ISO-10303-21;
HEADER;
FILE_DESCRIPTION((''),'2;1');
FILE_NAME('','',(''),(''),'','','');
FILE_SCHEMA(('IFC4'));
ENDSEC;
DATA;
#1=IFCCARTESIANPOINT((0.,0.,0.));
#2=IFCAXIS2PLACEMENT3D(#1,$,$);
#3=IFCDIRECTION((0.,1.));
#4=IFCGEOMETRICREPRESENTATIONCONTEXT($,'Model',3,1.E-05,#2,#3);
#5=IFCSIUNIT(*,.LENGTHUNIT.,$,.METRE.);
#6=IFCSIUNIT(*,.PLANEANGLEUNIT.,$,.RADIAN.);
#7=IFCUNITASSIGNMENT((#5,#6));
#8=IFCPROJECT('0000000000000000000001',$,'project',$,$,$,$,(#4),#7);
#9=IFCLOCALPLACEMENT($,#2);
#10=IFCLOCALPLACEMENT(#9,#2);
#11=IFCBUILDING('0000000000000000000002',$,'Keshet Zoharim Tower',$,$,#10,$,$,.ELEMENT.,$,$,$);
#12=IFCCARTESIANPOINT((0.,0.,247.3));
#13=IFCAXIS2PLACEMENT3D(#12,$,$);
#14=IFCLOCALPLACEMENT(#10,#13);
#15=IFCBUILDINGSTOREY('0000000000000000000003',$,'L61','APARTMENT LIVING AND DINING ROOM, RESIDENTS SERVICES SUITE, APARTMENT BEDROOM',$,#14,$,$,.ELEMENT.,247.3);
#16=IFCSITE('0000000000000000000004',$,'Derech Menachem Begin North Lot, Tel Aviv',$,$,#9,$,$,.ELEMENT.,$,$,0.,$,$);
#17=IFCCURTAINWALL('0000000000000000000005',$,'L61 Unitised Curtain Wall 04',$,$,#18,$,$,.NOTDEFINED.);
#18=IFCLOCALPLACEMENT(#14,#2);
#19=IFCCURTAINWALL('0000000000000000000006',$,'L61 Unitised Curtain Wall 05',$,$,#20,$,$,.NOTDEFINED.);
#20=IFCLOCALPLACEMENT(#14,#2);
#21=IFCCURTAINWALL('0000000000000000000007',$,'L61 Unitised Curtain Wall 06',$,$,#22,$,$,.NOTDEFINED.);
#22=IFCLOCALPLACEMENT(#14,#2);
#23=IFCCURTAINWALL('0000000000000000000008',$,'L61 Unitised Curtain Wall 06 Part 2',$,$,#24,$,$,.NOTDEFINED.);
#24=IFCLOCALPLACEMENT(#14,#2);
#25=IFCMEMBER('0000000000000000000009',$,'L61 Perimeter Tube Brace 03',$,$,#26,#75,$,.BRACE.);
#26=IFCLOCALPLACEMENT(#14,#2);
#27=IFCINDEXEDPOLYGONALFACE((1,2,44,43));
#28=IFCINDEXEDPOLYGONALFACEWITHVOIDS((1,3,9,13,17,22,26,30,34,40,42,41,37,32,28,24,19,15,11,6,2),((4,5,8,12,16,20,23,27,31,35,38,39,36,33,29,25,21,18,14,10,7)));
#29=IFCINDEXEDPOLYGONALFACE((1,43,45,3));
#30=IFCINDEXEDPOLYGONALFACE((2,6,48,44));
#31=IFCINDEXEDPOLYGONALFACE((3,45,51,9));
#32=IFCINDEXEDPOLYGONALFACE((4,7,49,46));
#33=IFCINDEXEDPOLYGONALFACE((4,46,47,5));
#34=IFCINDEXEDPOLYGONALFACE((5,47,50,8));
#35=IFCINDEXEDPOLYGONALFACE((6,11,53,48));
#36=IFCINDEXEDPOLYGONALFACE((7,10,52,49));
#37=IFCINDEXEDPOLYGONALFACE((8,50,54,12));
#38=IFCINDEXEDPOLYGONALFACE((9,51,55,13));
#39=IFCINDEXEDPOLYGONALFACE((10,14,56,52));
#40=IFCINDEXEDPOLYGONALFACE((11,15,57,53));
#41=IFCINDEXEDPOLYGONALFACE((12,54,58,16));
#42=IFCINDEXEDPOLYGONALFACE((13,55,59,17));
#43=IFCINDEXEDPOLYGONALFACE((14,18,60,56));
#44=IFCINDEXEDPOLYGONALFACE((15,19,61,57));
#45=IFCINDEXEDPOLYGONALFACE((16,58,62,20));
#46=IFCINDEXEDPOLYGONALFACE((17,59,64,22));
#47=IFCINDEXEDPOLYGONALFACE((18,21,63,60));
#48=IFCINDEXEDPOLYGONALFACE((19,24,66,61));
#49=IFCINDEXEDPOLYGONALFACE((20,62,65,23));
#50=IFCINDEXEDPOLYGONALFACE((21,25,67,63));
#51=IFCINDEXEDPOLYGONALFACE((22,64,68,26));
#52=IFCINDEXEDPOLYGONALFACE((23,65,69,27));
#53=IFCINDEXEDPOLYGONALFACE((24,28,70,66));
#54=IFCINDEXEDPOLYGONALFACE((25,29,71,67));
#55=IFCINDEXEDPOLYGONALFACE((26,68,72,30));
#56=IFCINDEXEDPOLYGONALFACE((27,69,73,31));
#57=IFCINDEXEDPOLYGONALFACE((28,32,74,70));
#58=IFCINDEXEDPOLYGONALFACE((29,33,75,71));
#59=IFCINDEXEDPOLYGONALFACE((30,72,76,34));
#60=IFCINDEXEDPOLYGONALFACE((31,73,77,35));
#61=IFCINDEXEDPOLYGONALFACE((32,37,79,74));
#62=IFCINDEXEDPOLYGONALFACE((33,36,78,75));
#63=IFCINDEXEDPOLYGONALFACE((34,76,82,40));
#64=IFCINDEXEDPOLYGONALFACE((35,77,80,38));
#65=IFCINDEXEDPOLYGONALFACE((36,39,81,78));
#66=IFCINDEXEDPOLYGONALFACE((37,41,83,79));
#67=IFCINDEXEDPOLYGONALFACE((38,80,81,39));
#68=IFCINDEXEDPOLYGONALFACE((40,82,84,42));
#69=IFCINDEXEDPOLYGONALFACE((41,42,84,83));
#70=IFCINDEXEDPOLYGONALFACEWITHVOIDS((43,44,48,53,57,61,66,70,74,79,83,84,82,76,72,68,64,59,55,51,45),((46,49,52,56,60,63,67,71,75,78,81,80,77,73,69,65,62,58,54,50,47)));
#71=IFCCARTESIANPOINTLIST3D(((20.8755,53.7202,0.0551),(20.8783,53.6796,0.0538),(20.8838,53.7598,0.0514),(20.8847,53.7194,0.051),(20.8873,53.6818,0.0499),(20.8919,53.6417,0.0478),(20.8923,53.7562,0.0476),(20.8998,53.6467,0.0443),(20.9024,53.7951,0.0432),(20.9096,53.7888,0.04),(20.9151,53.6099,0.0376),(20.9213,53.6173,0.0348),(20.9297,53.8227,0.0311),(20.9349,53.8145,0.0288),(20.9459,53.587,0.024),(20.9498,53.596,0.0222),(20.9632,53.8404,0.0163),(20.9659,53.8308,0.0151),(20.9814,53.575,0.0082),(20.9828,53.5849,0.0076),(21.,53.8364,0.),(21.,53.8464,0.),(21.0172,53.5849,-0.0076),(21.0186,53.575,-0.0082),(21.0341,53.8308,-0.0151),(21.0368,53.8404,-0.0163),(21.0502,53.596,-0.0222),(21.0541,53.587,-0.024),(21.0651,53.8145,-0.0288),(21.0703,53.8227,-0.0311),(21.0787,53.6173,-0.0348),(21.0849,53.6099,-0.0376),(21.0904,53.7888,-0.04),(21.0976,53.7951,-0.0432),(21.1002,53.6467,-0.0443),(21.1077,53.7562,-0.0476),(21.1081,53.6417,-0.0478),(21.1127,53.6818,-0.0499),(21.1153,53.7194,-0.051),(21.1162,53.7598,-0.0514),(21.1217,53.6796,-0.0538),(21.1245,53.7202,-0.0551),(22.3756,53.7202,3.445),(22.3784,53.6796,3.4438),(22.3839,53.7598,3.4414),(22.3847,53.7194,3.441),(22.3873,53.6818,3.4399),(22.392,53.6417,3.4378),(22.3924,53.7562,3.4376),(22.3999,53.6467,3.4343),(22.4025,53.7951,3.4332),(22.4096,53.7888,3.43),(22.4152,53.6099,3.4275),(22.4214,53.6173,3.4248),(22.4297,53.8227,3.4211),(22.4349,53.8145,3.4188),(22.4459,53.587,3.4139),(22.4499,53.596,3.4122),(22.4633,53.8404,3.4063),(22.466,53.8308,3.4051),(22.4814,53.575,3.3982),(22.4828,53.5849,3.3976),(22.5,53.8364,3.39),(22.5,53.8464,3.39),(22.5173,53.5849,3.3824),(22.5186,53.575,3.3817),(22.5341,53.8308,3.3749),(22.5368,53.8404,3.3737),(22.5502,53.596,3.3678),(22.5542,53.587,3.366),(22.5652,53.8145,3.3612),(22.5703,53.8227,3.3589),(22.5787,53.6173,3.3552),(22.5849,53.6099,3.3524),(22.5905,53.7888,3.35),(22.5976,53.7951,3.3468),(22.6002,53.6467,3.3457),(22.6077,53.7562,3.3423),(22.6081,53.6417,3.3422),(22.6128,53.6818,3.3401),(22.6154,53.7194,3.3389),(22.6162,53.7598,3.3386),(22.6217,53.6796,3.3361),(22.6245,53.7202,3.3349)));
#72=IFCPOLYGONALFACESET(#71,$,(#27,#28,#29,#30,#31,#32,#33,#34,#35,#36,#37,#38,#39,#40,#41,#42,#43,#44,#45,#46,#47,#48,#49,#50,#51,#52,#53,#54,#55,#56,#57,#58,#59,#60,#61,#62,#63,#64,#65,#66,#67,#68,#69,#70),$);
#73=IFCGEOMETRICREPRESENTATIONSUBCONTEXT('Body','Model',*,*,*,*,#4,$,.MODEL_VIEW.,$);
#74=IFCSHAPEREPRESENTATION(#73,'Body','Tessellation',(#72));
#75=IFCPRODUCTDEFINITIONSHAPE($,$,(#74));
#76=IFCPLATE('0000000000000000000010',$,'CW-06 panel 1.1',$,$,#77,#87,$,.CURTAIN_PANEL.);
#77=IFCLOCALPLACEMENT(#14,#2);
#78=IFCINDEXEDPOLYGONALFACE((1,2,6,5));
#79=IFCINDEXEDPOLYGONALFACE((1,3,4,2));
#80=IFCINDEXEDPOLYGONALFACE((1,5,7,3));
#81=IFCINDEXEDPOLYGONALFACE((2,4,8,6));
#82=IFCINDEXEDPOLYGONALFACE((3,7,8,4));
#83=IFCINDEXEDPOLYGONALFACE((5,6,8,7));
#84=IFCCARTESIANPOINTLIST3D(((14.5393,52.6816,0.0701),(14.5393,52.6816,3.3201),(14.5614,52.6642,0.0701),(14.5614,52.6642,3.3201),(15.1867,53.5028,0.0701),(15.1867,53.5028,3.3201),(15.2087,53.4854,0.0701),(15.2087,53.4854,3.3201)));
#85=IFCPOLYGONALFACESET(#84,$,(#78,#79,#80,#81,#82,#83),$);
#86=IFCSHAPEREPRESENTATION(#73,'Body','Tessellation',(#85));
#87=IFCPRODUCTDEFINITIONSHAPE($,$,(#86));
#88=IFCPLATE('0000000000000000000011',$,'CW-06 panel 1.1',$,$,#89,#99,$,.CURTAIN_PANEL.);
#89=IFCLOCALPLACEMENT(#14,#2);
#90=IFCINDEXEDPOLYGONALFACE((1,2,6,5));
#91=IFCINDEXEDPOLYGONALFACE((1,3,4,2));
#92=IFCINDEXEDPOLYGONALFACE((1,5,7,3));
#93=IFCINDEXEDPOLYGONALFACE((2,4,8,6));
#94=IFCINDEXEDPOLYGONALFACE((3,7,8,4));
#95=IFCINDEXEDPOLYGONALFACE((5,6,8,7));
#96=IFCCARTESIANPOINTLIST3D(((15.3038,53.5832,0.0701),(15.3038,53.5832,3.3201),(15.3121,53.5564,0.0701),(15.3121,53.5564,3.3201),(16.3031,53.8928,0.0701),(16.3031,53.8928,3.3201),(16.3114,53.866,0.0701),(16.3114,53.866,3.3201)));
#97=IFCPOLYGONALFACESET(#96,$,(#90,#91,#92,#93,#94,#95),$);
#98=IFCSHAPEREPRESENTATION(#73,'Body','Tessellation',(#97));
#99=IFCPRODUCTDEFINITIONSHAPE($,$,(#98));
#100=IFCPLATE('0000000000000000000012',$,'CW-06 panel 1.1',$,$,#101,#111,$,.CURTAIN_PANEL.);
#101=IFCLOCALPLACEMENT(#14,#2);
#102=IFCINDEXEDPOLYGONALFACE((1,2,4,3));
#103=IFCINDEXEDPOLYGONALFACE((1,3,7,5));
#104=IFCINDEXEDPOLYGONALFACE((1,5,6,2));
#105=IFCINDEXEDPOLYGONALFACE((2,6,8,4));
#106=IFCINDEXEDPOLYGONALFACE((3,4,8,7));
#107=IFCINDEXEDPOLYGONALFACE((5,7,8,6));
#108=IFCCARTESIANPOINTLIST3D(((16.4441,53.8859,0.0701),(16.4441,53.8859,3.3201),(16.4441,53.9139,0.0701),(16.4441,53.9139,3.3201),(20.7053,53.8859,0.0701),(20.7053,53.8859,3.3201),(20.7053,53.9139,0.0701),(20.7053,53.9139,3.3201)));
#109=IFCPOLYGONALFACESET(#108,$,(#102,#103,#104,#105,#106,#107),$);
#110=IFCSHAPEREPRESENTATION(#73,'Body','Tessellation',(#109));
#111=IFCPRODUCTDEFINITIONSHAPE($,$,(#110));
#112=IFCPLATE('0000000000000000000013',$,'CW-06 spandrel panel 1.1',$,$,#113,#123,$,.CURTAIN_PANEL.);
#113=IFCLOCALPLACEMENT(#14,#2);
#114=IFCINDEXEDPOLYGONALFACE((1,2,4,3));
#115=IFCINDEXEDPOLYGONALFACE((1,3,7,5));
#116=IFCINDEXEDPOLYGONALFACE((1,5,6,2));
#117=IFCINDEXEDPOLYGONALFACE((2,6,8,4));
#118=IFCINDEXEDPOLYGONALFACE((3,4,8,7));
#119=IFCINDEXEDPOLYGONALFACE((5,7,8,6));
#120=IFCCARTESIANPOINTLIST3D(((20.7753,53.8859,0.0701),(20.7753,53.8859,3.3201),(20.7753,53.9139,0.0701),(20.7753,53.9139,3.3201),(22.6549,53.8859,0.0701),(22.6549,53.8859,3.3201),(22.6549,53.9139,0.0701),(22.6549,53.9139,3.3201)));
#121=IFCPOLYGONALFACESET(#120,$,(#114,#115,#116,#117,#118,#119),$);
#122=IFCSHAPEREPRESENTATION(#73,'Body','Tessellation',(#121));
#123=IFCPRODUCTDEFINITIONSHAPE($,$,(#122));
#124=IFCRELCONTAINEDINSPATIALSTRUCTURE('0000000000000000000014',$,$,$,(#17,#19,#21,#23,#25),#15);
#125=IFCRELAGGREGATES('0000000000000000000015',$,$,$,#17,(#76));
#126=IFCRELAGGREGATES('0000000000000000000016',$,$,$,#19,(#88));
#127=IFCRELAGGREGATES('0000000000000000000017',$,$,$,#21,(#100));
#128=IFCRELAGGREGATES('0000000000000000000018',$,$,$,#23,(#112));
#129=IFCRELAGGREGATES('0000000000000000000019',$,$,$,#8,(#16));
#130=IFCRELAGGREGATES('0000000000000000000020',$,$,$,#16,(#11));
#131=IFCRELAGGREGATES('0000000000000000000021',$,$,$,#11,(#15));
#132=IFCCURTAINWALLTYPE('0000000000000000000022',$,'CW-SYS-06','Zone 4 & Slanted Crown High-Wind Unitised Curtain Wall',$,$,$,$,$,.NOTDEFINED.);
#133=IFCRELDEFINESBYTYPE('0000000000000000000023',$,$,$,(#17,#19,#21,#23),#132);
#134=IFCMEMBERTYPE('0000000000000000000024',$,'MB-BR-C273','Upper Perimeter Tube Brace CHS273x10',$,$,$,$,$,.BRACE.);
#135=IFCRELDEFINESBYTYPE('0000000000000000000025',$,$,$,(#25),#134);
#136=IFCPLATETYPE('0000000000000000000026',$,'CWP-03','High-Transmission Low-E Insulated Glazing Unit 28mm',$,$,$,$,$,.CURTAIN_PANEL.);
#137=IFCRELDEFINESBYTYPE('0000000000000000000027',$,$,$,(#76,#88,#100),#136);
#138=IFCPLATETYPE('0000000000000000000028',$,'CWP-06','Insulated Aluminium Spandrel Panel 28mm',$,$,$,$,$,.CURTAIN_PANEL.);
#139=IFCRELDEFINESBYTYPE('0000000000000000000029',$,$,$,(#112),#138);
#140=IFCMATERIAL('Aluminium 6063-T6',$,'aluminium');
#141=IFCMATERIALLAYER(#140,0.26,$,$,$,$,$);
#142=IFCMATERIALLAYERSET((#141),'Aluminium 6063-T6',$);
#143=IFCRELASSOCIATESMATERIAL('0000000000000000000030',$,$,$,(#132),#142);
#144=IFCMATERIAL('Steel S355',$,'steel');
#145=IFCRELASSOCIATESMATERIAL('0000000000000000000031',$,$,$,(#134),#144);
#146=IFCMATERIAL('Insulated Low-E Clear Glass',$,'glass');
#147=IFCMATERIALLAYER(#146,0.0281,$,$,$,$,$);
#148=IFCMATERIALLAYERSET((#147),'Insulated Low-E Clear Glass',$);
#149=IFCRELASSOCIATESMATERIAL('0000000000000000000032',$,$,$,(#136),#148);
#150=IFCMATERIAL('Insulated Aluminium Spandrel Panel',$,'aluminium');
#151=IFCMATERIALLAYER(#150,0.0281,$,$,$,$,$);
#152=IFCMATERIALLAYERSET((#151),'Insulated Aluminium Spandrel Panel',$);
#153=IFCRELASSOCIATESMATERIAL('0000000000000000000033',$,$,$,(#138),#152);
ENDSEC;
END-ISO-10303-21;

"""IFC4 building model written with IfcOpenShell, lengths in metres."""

from ifc_helpers import new_model, si_unit, direction, frame, origin, origin_2d, place, context, subcontext, project, spatial, rectangle, hollow_circle, extrude, material, layer, layer_set, material_profile, profile_set, type_object, element, aggregate, save


model = new_model("IFC4")

# Units and contexts
model_context = context("Model", 3, precision=1e-05, world=origin(), true_north=direction((0.0, 1.0)))
body_context = subcontext(model_context, "Body", "Model", "MODEL_VIEW")
ifc_project = project(units=[si_unit("LENGTHUNIT", "METRE"), si_unit("PLANEANGLEUNIT", "RADIAN")], contexts=[model_context])

# Site, building, storey
site_placement = place(None, origin())
site = spatial("IfcSite", under=ifc_project, at=site_placement, Name="Derech Menachem Begin North Lot, Tel Aviv", CompositionType="ELEMENT", RefElevation=0.0)
building_placement = place(site_placement, origin())
building = spatial("IfcBuilding", under=site, at=building_placement, Name="Keshet Zoharim Tower", CompositionType="ELEMENT")
storey_placement = place(building_placement, frame((0.0, 0.0, 247.3)))
storey = spatial("IfcBuildingStorey", under=building, at=storey_placement, Name="L61", Description="APARTMENT LIVING AND DINING ROOM, RESIDENTS SERVICES SUITE, APARTMENT BEDROOM", CompositionType="ELEMENT", Elevation=247.3)

# Shared definitions
ifc_material_1 = material(Name="Steel S355", Category="steel")

# Curtain wall
ifc_material_2 = material(Name="Aluminium 6063-T6", Category="aluminium")
ifc_layer_1 = layer(ifc_material_2, 0.26)
ifc_layer_set_1 = layer_set([ifc_layer_1], Name="Aluminium 6063-T6")
curtain_wall_type = type_object("IfcCurtainWallType", Name="CW-SYS-06", Description="Zone 4 & Slanted Crown High-Wind Unitised Curtain Wall", PredefinedType="NOTDEFINED", material=ifc_layer_set_1)
curtain_wall_1_placement = place(storey_placement, origin())
curtain_wall_1 = element("IfcCurtainWall", 1, at=curtain_wall_1_placement, inside=storey, type_object=curtain_wall_type, Name="L61 Unitised Curtain Wall 04", PredefinedType="NOTDEFINED")

# Curtain walls
curtain_wall_2_placement = place(storey_placement, origin())
curtain_wall_2 = element("IfcCurtainWall", 2, at=curtain_wall_2_placement, inside=storey, type_object=curtain_wall_type, Name="L61 Unitised Curtain Wall 05", PredefinedType="NOTDEFINED")
curtain_wall_3_placement = place(storey_placement, origin())
curtain_wall_3 = element("IfcCurtainWall", 3, at=curtain_wall_3_placement, inside=storey, type_object=curtain_wall_type, Name="L61 Unitised Curtain Wall 06", PredefinedType="NOTDEFINED")

# Curtain wall
curtain_wall_4_placement = place(storey_placement, origin())
curtain_wall_4 = element("IfcCurtainWall", 4, at=curtain_wall_4_placement, inside=storey, type_object=curtain_wall_type, Name="L61 Unitised Curtain Wall 06 Part 2", PredefinedType="NOTDEFINED")

# Member
ifc_material_profile_1 = material_profile(ifc_material_1, hollow_circle(Radius=0.1365, WallThickness=0.01, at=origin_2d()), Name="CHS273x10")
ifc_profile_set_1 = profile_set([ifc_material_profile_1], Name="Steel S355")
member_type_1 = type_object("IfcMemberType", Name="MB-BR-C273", Description="Upper Perimeter Tube Brace CHS273x10", PredefinedType="BRACE", material=ifc_profile_set_1)
member_1_placement = place(storey_placement, frame((21.0, 53.71, 0.0), z_axis=(0.404647, 0.0, 0.914473), x_axis=(0.0, 1.0, 0.0)))
element("IfcMember", 5, at=member_1_placement, inside=storey, type_object=member_type_1, Name="L61 Perimeter Tube Brace 03", PredefinedType="BRACE", context=body_context, shape_type="SweptSolid", body=[
    extrude(hollow_circle(Radius=0.1365, WallThickness=0.01, at=origin_2d()), origin(), (0.0, 0.0, 1.0), 3.707),
])

# Plates
ifc_material_3 = material(Name="Insulated Low-E Clear Glass", Category="glass")
ifc_layer_2 = layer(ifc_material_3, 0.0281)
ifc_layer_set_2 = layer_set([ifc_layer_2], Name="Insulated Low-E Clear Glass")
plate_type_1 = type_object("IfcPlateType", Name="CWP-03", Description="High-Transmission Low-E Insulated Glazing Unit 28mm", PredefinedType="CURTAIN_PANEL", material=ifc_layer_set_2)
plate_1_placement = place(storey_placement, frame((14.874, 53.0835, 0.0701), z_axis=(0.0, 0.0, 1.0), x_axis=(0.619125, 0.785293, 0.0)))
plate_1 = element("IfcPlate", 6, at=plate_1_placement, type_object=plate_type_1, Name="CW-06 panel 1.1", PredefinedType="CURTAIN_PANEL", context=body_context, shape_type="SweptSolid", body=[
    extrude(rectangle(XDim=1.0457, YDim=0.0281, at=origin_2d()), origin(), (0.0, 0.0, 1.0), 3.25),
])
aggregate(curtain_wall_1, [plate_1])
plate_2_placement = place(storey_placement, frame((15.8076, 53.7246, 0.0701), z_axis=(0.0, 0.0, 1.0), x_axis=(0.955212, 0.295922, 0.0)))
plate_2 = element("IfcPlate", 7, at=plate_2_placement, type_object=plate_type_1, Name="CW-06 panel 1.1", PredefinedType="CURTAIN_PANEL", context=body_context, shape_type="SweptSolid", body=[
    extrude(rectangle(XDim=1.0461, YDim=0.0281, at=origin_2d()), origin(), (0.0, 0.0, 1.0), 3.25),
])
aggregate(curtain_wall_2, [plate_2])
plate_3_placement = place(storey_placement, frame((18.5747, 53.8999, 0.0701), z_axis=(0.0, 0.0, 1.0), x_axis=(1.0, 0.0, 0.0)))
plate_3 = element("IfcPlate", 8, at=plate_3_placement, type_object=plate_type_1, Name="CW-06 panel 1.1", PredefinedType="CURTAIN_PANEL", context=body_context, shape_type="SweptSolid", body=[
    extrude(rectangle(XDim=4.2612, YDim=0.0281, at=origin_2d()), origin(), (0.0, 0.0, 1.0), 3.25),
])
aggregate(curtain_wall_3, [plate_3])
ifc_material_4 = material(Name="Insulated Aluminium Spandrel Panel", Category="aluminium")
ifc_layer_3 = layer(ifc_material_4, 0.0281)
ifc_layer_set_3 = layer_set([ifc_layer_3], Name="Insulated Aluminium Spandrel Panel")
plate_type_2 = type_object("IfcPlateType", Name="CWP-06", Description="Insulated Aluminium Spandrel Panel 28mm", PredefinedType="CURTAIN_PANEL", material=ifc_layer_set_3)
plate_4_placement = place(storey_placement, frame((21.7151, 53.8999, 0.0701), z_axis=(0.0, 0.0, 1.0), x_axis=(1.0, 0.0, 0.0)))
plate_4 = element("IfcPlate", 9, at=plate_4_placement, type_object=plate_type_2, Name="CW-06 spandrel panel 1.1", PredefinedType="CURTAIN_PANEL", context=body_context, shape_type="SweptSolid", body=[
    extrude(rectangle(XDim=1.8796, YDim=0.0281, at=origin_2d()), origin(), (0.0, 0.0, 1.0), 3.25),
])
aggregate(curtain_wall_4, [plate_4])

save(model, "model.ifc")
